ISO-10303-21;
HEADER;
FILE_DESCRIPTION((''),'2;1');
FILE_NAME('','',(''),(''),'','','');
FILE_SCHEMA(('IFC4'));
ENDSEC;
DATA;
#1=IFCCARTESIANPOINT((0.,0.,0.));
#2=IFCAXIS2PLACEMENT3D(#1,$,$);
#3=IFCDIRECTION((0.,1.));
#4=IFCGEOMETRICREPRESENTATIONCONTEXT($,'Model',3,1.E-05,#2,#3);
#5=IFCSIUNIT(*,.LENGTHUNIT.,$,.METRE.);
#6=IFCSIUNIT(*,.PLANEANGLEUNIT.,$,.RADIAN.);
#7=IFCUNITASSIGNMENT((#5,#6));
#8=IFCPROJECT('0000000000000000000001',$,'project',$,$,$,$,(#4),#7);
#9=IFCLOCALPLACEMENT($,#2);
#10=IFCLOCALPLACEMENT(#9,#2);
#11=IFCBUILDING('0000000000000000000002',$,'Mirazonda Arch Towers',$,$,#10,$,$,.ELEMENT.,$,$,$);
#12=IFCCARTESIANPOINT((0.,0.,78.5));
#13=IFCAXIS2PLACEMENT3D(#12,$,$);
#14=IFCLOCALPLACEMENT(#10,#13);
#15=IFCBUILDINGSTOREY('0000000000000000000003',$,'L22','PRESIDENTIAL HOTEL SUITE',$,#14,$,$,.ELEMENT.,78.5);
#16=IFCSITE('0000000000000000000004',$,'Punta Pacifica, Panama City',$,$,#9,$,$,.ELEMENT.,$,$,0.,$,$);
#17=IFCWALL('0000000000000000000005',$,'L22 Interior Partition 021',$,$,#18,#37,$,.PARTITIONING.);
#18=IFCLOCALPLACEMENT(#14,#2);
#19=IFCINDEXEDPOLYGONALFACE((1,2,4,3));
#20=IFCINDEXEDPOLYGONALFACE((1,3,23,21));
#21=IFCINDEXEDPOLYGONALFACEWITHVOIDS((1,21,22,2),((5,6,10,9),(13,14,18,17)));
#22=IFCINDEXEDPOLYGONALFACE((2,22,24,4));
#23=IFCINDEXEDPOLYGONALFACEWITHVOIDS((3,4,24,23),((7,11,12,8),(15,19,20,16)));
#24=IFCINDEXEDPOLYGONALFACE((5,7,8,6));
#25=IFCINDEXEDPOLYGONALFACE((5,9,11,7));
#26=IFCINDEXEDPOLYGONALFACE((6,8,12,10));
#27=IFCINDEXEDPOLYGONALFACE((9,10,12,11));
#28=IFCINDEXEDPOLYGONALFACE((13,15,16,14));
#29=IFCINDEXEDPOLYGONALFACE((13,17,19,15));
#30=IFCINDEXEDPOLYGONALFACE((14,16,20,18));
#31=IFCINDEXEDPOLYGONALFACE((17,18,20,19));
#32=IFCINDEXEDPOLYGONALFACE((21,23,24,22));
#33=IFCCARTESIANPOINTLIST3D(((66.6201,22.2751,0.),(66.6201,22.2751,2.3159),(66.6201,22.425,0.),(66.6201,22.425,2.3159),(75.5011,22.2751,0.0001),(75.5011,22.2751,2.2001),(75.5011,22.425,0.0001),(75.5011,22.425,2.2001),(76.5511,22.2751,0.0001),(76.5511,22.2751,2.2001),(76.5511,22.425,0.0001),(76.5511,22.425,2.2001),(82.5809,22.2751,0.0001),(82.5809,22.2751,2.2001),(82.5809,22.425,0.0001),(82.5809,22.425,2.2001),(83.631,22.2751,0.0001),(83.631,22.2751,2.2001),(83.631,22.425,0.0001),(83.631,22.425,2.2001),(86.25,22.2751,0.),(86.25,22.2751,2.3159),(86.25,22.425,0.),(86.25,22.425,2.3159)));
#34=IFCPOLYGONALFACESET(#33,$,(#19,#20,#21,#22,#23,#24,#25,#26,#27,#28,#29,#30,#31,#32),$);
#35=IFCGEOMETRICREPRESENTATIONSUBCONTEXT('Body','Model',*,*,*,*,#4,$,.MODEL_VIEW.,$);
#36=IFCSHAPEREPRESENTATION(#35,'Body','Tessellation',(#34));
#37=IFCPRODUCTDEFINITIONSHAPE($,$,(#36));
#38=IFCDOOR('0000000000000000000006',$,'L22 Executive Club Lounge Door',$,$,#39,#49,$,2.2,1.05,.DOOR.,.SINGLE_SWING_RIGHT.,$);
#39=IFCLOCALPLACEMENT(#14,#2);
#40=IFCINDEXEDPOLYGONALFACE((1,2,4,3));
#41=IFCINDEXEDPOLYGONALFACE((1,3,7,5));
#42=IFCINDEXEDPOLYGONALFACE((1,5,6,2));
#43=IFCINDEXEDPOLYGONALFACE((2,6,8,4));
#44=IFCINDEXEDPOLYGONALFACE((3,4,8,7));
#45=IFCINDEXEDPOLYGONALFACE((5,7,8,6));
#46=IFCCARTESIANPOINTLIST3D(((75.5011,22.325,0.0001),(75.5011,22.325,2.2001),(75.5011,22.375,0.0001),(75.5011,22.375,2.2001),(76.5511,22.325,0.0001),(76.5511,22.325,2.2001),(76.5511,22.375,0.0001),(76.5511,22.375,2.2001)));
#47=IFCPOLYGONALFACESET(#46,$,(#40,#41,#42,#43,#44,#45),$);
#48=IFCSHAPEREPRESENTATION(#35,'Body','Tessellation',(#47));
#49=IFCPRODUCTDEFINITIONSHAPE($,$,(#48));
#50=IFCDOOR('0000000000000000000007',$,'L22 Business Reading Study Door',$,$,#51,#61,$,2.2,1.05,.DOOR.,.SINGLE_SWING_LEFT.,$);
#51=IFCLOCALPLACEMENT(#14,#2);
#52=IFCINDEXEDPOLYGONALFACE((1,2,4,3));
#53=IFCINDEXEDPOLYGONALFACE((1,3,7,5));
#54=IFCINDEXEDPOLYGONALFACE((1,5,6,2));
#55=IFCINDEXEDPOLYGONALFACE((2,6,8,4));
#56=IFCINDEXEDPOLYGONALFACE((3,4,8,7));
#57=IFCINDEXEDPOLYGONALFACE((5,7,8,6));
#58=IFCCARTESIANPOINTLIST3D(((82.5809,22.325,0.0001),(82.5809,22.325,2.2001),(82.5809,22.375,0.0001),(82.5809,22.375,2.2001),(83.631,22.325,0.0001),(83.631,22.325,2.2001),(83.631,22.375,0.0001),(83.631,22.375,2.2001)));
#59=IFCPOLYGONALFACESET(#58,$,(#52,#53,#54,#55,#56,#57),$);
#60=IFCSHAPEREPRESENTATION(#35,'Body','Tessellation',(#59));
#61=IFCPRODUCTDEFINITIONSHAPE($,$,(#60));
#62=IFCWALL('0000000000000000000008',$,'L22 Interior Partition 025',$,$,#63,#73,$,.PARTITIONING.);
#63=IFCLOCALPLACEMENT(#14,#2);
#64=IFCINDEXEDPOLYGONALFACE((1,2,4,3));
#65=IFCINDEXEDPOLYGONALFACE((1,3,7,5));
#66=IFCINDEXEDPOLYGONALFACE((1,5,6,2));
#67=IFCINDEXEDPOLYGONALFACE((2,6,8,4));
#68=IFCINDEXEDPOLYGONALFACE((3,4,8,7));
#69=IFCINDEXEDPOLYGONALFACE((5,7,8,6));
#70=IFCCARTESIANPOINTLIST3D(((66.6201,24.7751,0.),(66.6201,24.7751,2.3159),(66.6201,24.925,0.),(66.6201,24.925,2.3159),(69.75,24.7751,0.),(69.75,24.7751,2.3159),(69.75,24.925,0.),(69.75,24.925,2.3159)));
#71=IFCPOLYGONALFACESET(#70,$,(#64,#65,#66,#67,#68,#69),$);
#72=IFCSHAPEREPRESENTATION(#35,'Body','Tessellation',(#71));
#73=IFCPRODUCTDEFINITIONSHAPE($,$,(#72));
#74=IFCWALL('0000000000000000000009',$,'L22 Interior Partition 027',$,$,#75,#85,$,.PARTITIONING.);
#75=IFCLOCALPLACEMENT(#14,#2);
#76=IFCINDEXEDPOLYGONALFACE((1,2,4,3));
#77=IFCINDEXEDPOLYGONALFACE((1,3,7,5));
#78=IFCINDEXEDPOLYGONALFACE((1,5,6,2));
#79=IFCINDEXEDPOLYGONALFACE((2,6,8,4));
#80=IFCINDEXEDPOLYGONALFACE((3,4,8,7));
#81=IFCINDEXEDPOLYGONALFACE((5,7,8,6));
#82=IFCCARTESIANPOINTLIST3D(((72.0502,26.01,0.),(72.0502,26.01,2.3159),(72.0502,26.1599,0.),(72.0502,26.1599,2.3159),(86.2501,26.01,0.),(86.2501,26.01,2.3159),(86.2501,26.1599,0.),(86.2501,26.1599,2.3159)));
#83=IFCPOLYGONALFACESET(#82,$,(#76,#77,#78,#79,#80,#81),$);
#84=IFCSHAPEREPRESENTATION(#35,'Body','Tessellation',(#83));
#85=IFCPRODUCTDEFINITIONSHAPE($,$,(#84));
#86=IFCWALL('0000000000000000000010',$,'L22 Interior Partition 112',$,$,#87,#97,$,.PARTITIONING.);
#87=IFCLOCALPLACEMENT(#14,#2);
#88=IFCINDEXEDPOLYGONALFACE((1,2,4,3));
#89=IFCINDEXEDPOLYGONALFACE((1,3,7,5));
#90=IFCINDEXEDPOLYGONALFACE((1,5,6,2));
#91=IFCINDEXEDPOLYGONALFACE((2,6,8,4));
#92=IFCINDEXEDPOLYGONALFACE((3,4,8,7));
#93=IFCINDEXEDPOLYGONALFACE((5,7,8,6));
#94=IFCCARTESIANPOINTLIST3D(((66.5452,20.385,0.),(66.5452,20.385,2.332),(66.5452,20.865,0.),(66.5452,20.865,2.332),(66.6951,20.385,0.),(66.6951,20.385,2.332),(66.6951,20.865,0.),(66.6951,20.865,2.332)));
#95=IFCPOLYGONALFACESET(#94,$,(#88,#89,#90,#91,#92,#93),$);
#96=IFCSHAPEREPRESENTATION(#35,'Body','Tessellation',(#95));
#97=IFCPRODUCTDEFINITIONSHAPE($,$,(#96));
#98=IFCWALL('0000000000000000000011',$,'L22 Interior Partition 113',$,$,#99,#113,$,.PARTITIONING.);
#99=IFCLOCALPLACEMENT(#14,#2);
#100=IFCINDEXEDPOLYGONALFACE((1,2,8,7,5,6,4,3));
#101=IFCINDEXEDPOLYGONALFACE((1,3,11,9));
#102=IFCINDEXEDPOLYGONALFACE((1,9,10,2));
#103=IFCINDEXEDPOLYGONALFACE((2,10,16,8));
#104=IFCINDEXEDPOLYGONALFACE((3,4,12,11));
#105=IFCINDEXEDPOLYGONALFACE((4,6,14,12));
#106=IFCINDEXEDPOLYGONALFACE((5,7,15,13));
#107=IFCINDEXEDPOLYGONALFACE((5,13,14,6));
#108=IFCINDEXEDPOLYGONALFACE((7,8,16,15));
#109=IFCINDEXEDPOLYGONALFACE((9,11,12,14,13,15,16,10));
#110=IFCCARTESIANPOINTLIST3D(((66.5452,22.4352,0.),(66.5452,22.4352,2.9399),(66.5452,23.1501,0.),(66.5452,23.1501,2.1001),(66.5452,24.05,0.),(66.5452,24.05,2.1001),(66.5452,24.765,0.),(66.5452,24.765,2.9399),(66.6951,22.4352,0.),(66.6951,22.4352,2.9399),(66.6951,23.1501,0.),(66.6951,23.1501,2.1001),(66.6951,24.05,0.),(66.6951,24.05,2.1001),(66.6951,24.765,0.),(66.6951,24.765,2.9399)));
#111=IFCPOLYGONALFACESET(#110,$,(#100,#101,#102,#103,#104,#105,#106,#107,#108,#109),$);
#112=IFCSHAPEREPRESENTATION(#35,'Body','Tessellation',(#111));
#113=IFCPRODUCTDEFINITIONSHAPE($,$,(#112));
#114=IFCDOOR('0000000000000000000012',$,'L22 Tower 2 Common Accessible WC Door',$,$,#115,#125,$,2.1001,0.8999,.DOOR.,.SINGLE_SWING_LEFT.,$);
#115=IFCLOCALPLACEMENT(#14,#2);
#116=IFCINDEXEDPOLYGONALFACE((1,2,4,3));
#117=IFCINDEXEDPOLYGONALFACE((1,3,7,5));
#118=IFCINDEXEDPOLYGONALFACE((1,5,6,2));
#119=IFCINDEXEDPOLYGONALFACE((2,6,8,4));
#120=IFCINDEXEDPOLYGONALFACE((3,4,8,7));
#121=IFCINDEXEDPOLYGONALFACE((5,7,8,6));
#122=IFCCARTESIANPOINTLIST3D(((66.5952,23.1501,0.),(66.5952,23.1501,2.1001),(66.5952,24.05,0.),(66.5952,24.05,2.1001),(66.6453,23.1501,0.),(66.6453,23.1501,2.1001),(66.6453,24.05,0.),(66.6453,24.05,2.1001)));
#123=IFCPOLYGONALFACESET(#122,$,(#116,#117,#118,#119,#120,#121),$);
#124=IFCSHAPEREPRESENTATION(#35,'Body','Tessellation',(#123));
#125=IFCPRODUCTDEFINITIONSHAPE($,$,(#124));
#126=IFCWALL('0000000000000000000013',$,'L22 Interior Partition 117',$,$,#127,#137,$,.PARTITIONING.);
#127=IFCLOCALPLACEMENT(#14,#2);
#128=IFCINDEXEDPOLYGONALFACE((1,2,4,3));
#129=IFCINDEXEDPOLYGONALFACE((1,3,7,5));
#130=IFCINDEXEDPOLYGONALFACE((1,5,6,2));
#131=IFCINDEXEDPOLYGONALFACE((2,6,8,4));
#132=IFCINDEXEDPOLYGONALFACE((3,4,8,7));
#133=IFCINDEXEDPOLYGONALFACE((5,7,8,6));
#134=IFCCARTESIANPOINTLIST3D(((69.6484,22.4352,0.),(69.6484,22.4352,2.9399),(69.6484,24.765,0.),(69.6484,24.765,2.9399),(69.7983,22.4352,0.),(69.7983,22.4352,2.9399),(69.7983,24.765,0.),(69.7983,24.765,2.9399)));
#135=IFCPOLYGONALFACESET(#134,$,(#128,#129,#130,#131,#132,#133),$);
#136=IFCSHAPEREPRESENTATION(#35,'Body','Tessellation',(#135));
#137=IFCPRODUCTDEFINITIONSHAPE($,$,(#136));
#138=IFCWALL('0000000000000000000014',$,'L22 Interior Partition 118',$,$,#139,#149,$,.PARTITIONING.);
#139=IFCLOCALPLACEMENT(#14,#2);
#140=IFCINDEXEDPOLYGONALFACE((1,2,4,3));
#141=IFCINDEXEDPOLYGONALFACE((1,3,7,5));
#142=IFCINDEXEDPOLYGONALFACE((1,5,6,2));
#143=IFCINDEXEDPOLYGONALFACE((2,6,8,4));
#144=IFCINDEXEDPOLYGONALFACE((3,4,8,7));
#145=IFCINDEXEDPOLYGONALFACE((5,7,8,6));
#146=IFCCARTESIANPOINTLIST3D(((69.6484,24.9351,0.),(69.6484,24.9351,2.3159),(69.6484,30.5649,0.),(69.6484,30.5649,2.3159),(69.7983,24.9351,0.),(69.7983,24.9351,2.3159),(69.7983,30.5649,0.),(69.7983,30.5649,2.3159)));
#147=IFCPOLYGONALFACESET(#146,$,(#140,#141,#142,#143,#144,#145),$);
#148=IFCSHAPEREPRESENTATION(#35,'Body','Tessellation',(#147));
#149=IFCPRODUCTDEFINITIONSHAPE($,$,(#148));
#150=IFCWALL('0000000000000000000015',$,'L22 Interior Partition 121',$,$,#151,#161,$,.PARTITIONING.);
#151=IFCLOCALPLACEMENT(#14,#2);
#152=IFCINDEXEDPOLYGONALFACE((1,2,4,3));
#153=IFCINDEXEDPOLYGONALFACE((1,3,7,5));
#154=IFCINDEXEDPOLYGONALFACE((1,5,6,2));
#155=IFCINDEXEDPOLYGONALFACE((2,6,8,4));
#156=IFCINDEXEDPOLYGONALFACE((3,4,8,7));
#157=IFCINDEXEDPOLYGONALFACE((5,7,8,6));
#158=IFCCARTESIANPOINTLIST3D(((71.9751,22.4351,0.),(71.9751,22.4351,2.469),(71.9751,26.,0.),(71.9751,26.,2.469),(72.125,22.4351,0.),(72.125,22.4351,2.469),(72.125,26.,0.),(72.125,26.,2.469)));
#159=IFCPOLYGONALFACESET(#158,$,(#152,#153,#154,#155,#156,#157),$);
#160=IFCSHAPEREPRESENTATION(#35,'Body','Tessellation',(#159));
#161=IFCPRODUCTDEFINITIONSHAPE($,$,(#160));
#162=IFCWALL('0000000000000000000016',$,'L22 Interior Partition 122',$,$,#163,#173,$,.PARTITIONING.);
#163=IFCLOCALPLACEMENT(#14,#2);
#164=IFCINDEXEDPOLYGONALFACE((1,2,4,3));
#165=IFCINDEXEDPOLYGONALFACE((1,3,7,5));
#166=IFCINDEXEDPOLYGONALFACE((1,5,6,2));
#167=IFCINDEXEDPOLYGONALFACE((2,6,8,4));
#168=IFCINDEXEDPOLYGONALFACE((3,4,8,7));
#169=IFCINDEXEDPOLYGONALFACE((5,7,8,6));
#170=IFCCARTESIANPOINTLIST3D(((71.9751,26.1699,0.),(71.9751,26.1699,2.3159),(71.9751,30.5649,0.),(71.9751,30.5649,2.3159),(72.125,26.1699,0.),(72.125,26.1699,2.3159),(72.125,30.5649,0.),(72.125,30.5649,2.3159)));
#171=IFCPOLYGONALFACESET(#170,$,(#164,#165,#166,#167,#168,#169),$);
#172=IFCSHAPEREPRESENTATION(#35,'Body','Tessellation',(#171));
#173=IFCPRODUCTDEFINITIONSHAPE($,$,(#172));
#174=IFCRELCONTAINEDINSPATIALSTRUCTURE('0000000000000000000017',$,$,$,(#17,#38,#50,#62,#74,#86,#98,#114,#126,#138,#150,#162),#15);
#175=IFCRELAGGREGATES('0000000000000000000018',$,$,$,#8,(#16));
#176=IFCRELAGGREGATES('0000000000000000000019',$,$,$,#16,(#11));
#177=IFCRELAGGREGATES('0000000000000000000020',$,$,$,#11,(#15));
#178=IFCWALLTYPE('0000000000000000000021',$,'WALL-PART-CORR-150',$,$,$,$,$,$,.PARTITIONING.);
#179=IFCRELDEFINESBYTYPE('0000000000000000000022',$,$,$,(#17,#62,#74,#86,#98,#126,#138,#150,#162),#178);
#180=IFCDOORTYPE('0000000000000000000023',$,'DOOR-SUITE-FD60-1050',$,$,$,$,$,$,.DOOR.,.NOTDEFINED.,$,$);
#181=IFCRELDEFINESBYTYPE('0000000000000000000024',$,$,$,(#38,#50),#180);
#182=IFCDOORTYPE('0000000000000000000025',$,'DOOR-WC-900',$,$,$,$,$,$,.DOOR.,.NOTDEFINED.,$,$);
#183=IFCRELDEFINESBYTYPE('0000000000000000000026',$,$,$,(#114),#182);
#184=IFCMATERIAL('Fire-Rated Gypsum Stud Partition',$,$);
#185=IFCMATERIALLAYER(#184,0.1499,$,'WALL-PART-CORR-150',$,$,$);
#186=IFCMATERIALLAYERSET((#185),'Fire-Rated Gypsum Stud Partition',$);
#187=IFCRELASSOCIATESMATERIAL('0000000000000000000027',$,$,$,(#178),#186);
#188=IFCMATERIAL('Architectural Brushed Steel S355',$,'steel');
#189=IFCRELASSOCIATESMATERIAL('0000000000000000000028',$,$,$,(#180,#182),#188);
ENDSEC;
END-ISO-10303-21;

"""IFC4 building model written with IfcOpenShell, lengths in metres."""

from ifc_helpers import new_model, si_unit, direction, frame, frame_2d, origin, place, context, subcontext, project, spatial, rectangle, extrude, material, layer, layer_set, type_object, element, fill, save


model = new_model("IFC4")

# Units and contexts
model_context = context("Model", 3, precision=1e-05, world=origin(), true_north=direction((0.0, 1.0)))
body_context = subcontext(model_context, "Body", "Model", "MODEL_VIEW")
ifc_project = project(units=[si_unit("LENGTHUNIT", "METRE"), si_unit("PLANEANGLEUNIT", "RADIAN")], contexts=[model_context])

# Site, building, storey
site_placement = place(None, origin())
site = spatial("IfcSite", under=ifc_project, at=site_placement, Name="Punta Pacifica, Panama City", CompositionType="ELEMENT", RefElevation=0.0)
building_placement = place(site_placement, origin())
building = spatial("IfcBuilding", under=site, at=building_placement, Name="Mirazonda Arch Towers", CompositionType="ELEMENT")
storey_placement = place(building_placement, frame((0.0, 0.0, 78.5)))
storey = spatial("IfcBuildingStorey", under=building, at=storey_placement, Name="L22", Description="PRESIDENTIAL HOTEL SUITE", CompositionType="ELEMENT", Elevation=78.5)

# Shared definitions
ifc_material_1 = material(Name="Architectural Brushed Steel S355", Category="steel")

# Shared definitions
ifc_material_2 = material(Name="Fire-Rated Gypsum Stud Partition")
ifc_layer_1 = layer(ifc_material_2, 0.1499, Name="WALL-PART-CORR-150")
ifc_layer_set_1 = layer_set([ifc_layer_1], Name="Fire-Rated Gypsum Stud Partition")
wall_type_1 = type_object("IfcWallType", Name="WALL-PART-CORR-150", PredefinedType="PARTITIONING", material=ifc_layer_set_1)

# Wall, openings, doors
wall_1_placement = place(storey_placement, frame((66.6201, 22.3501, 0.0), z_axis=(0.0, 0.0, 1.0), x_axis=(1.0, 0.0, 0.0)))
wall_1 = element("IfcWall", 1, at=wall_1_placement, inside=storey, type_object=wall_type_1, Name="L22 Interior Partition 021", PredefinedType="PARTITIONING", context=body_context, shape_type="SweptSolid", body=[
    extrude(rectangle(XDim=19.6299, YDim=0.1499, at=frame_2d((9.8149, 0.0))), origin(), (0.0, 0.0, 1.0), 2.3159),
])
opening_1_placement = place(wall_1_placement, frame((8.8811, 0.0, 0.0)))
opening_1 = element("IfcOpeningElement", 2, at=opening_1_placement, cuts=wall_1, PredefinedType="OPENING", context=body_context, shape_type="SweptSolid", body=[
    extrude(rectangle(XDim=1.05, YDim=2.2, at=frame_2d((0.5249, 1.1001))), frame((0.0, 0.085, 0.0), z_axis=(0.0, -1.0, 0.0), x_axis=(1.0, 0.0, 0.0)), (0.0, 0.0, 1.0), 0.1699),
])
opening_2_placement = place(wall_1_placement, frame((15.9609, 0.0, 0.0)))
opening_2 = element("IfcOpeningElement", 3, at=opening_2_placement, cuts=wall_1, PredefinedType="OPENING", context=body_context, shape_type="SweptSolid", body=[
    extrude(rectangle(XDim=1.05, YDim=2.2, at=frame_2d((0.5249, 1.1001))), frame((0.0, 0.085, 0.0), z_axis=(0.0, -1.0, 0.0), x_axis=(1.0, 0.0, 0.0)), (0.0, 0.0, 1.0), 0.1699),
])
door_type_1 = type_object("IfcDoorType", Name="DOOR-SUITE-FD60-1050", OperationType="NOTDEFINED", PredefinedType="DOOR", material=ifc_material_1)
door_1_placement = place(opening_1_placement, origin())
door_1 = element("IfcDoor", 4, at=door_1_placement, inside=storey, type_object=door_type_1, Name="L22 Executive Club Lounge Door", OperationType="SINGLE_SWING_RIGHT", OverallHeight=2.2, OverallWidth=1.05, PredefinedType="DOOR", context=body_context, shape_type="SweptSolid", body=[
    extrude(rectangle(XDim=1.05, YDim=2.2, at=frame_2d((0.5249, 1.1001))), frame((0.0, 0.0249, 0.0), z_axis=(0.0, -1.0, 0.0), x_axis=(1.0, 0.0, 0.0)), (0.0, 0.0, 1.0), 0.05),
])
fill(opening_1, door_1)
door_2_placement = place(opening_2_placement, origin())
door_2 = element("IfcDoor", 5, at=door_2_placement, inside=storey, type_object=door_type_1, Name="L22 Business Reading Study Door", OperationType="SINGLE_SWING_LEFT", OverallHeight=2.2, OverallWidth=1.05, PredefinedType="DOOR", context=body_context, shape_type="SweptSolid", body=[
    extrude(rectangle(XDim=1.05, YDim=2.2, at=frame_2d((0.5249, 1.1001))), frame((0.0, 0.0249, 0.0), z_axis=(0.0, -1.0, 0.0), x_axis=(1.0, 0.0, 0.0)), (0.0, 0.0, 1.0), 0.05),
])
fill(opening_2, door_2)

# Walls
wall_2_placement = place(storey_placement, frame((66.6201, 24.8501, 0.0), z_axis=(0.0, 0.0, 1.0), x_axis=(1.0, 0.0, 0.0)))
element("IfcWall", 6, at=wall_2_placement, inside=storey, type_object=wall_type_1, Name="L22 Interior Partition 025", PredefinedType="PARTITIONING", context=body_context, shape_type="SweptSolid", body=[
    extrude(rectangle(XDim=3.1299, YDim=0.1499, at=frame_2d((1.5649, 0.0))), origin(), (0.0, 0.0, 1.0), 2.3159),
])
wall_3_placement = place(storey_placement, frame((72.05, 26.085, 0.0), z_axis=(0.0, 0.0, 1.0), x_axis=(1.0, 0.0, 0.0)))
element("IfcWall", 7, at=wall_3_placement, inside=storey, type_object=wall_type_1, Name="L22 Interior Partition 027", PredefinedType="PARTITIONING", context=body_context, shape_type="SweptSolid", body=[
    extrude(rectangle(XDim=14.2, YDim=0.1499, at=frame_2d((7.1001, 0.0))), origin(), (0.0, 0.0, 1.0), 2.3159),
])
wall_4_placement = place(storey_placement, frame((66.6201, 20.385, 0.0), z_axis=(0.0, 0.0, 1.0), x_axis=(0.0, 1.0, 0.0)))
element("IfcWall", 8, at=wall_4_placement, inside=storey, type_object=wall_type_1, Name="L22 Interior Partition 112", PredefinedType="PARTITIONING", context=body_context, shape_type="SweptSolid", body=[
    extrude(rectangle(XDim=0.48, YDim=0.1499, at=frame_2d((0.24, 0.0))), origin(), (0.0, 0.0, 1.0), 2.332),
])

# Wall, opening, door
wall_5_placement = place(storey_placement, frame((66.6201, 22.4351, 0.0), z_axis=(0.0, 0.0, 1.0), x_axis=(0.0, 1.0, 0.0)))
wall_5 = element("IfcWall", 9, at=wall_5_placement, inside=storey, type_object=wall_type_1, Name="L22 Interior Partition 113", PredefinedType="PARTITIONING", context=body_context, shape_type="SweptSolid", body=[
    extrude(rectangle(XDim=2.3298, YDim=0.1499, at=frame_2d((1.165, 0.0))), origin(), (0.0, 0.0, 1.0), 2.9399),
])
opening_3_placement = place(wall_5_placement, frame((0.7151, 0.0, 0.0)))
opening_3 = element("IfcOpeningElement", 10, at=opening_3_placement, cuts=wall_5, PredefinedType="OPENING", context=body_context, shape_type="SweptSolid", body=[
    extrude(rectangle(XDim=0.8999, YDim=2.1001, at=frame_2d((0.45, 1.05))), frame((0.0, 0.085, 0.0), z_axis=(0.0, -1.0, 0.0), x_axis=(1.0, 0.0, 0.0)), (0.0, 0.0, 1.0), 0.1699),
])
door_type_2 = type_object("IfcDoorType", Name="DOOR-WC-900", OperationType="NOTDEFINED", PredefinedType="DOOR", material=ifc_material_1)
door_3_placement = place(opening_3_placement, origin())
door_3 = element("IfcDoor", 11, at=door_3_placement, inside=storey, type_object=door_type_2, Name="L22 Tower 2 Common Accessible WC Door", OperationType="SINGLE_SWING_LEFT", OverallHeight=2.1001, OverallWidth=0.8999, PredefinedType="DOOR", context=body_context, shape_type="SweptSolid", body=[
    extrude(rectangle(XDim=0.8999, YDim=2.1001, at=frame_2d((0.45, 1.05))), frame((0.0, 0.0249, 0.0), z_axis=(0.0, -1.0, 0.0), x_axis=(1.0, 0.0, 0.0)), (0.0, 0.0, 1.0), 0.05),
])
fill(opening_3, door_3)

# Walls
wall_6_placement = place(storey_placement, frame((69.7234, 22.4351, 0.0), z_axis=(0.0, 0.0, 1.0), x_axis=(0.0, 1.0, 0.0)))
element("IfcWall", 12, at=wall_6_placement, inside=storey, type_object=wall_type_1, Name="L22 Interior Partition 117", PredefinedType="PARTITIONING", context=body_context, shape_type="SweptSolid", body=[
    extrude(rectangle(XDim=2.3298, YDim=0.1499, at=frame_2d((1.165, 0.0))), origin(), (0.0, 0.0, 1.0), 2.9399),
])
wall_7_placement = place(storey_placement, frame((69.7234, 24.9351, 0.0), z_axis=(0.0, 0.0, 1.0), x_axis=(0.0, 1.0, 0.0)))
element("IfcWall", 13, at=wall_7_placement, inside=storey, type_object=wall_type_1, Name="L22 Interior Partition 118", PredefinedType="PARTITIONING", context=body_context, shape_type="SweptSolid", body=[
    extrude(rectangle(XDim=5.6299, YDim=0.1499, at=frame_2d((2.8149, 0.0))), origin(), (0.0, 0.0, 1.0), 2.3159),
])
wall_8_placement = place(storey_placement, frame((72.05, 22.4351, 0.0), z_axis=(0.0, 0.0, 1.0), x_axis=(0.0, 1.0, 0.0)))
element("IfcWall", 14, at=wall_8_placement, inside=storey, type_object=wall_type_1, Name="L22 Interior Partition 121", PredefinedType="PARTITIONING", context=body_context, shape_type="SweptSolid", body=[
    extrude(rectangle(XDim=3.5649, YDim=0.1499, at=frame_2d((1.7825, 0.0))), origin(), (0.0, 0.0, 1.0), 2.469),
])
wall_9_placement = place(storey_placement, frame((72.05, 26.1699, 0.0), z_axis=(0.0, 0.0, 1.0), x_axis=(0.0, 1.0, 0.0)))
element("IfcWall", 15, at=wall_9_placement, inside=storey, type_object=wall_type_1, Name="L22 Interior Partition 122", PredefinedType="PARTITIONING", context=body_context, shape_type="SweptSolid", body=[
    extrude(rectangle(XDim=4.395, YDim=0.1499, at=frame_2d((2.1975, 0.0))), origin(), (0.0, 0.0, 1.0), 2.3159),
])

save(model, "model.ifc")
